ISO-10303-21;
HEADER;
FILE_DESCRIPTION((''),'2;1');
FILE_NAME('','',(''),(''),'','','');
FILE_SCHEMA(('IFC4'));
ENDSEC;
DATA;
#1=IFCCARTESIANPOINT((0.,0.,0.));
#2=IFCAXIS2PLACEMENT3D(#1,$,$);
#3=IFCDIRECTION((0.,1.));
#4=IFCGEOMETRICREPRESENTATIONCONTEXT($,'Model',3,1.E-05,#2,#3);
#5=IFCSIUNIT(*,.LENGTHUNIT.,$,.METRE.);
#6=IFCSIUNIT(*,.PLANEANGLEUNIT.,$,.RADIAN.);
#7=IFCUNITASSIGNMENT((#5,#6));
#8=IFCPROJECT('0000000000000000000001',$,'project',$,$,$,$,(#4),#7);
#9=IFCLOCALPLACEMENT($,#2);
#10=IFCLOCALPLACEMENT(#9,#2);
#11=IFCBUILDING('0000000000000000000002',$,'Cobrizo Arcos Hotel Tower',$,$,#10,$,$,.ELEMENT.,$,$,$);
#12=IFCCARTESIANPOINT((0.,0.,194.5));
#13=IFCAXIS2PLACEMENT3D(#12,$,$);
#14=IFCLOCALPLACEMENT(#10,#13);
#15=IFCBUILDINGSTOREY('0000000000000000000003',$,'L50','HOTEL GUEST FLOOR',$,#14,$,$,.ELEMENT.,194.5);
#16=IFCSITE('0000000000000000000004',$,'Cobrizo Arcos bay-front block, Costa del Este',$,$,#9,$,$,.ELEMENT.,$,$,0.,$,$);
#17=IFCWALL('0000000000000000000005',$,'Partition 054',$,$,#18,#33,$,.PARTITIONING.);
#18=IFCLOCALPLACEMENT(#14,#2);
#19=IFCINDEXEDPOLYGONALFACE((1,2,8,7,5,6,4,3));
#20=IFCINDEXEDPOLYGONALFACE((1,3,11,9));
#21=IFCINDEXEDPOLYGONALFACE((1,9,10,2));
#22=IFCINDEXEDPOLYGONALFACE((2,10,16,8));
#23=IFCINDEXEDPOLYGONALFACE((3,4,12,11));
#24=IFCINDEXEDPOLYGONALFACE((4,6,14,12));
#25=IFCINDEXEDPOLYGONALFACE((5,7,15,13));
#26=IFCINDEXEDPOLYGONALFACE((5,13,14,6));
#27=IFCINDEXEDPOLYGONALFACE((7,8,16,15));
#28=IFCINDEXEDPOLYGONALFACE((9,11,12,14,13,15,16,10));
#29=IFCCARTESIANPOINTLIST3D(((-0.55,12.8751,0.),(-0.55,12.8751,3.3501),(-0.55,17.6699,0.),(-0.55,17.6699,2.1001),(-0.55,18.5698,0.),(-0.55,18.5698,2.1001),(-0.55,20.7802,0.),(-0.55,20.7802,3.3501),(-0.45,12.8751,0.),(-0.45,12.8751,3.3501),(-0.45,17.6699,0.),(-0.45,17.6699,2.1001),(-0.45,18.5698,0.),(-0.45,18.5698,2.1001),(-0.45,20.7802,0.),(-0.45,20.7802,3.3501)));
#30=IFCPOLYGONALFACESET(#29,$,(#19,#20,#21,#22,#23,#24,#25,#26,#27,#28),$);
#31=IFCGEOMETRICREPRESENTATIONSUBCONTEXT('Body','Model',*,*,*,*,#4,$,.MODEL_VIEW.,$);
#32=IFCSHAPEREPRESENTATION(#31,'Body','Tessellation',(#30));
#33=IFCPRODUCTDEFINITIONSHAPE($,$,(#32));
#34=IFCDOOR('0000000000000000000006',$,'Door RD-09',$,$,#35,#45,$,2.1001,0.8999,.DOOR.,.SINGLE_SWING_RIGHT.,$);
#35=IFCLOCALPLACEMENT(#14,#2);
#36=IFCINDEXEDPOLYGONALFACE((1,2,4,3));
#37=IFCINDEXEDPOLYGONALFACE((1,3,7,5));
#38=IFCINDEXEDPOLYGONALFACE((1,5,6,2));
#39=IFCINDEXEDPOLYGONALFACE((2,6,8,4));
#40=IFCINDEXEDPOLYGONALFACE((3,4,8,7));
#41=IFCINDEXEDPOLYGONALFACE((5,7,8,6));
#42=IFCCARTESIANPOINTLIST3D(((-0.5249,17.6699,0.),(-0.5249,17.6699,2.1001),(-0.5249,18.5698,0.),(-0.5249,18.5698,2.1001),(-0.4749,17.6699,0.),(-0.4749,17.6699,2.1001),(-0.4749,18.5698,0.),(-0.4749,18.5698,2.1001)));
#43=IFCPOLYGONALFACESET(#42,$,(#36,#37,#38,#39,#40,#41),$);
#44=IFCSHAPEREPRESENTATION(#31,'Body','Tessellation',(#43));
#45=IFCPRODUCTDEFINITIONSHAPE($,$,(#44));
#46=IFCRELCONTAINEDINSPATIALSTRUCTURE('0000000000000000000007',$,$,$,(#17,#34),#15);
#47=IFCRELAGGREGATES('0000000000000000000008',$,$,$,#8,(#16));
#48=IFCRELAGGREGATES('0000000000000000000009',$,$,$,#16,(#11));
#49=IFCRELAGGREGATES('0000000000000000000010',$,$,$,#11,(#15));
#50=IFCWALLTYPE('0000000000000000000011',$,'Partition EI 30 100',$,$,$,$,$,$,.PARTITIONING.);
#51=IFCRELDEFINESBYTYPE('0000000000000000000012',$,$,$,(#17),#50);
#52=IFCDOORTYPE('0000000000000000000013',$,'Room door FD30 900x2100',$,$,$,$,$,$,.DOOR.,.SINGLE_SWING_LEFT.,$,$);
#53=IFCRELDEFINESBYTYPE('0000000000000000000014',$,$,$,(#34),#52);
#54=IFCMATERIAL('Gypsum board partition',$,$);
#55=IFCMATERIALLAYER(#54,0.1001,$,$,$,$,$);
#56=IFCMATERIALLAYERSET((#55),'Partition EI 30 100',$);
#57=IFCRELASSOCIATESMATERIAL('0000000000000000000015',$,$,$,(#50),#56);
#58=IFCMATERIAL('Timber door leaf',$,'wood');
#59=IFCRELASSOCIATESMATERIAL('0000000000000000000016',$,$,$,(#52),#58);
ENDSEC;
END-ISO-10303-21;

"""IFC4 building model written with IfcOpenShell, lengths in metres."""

from ifc_helpers import new_model, si_unit, direction, frame, frame_2d, origin, place, context, subcontext, project, spatial, rectangle, extrude, material, layer, layer_set, type_object, element, fill, save


model = new_model("IFC4")

# Units and contexts
model_context = context("Model", 3, precision=1e-05, world=origin(), true_north=direction((0.0, 1.0)))
body_context = subcontext(model_context, "Body", "Model", "MODEL_VIEW")
ifc_project = project(units=[si_unit("LENGTHUNIT", "METRE"), si_unit("PLANEANGLEUNIT", "RADIAN")], contexts=[model_context])

# Site, building, storey
site_placement = place(None, origin())
site = spatial("IfcSite", under=ifc_project, at=site_placement, Name="Cobrizo Arcos bay-front block, Costa del Este", CompositionType="ELEMENT", RefElevation=0.0)
building_placement = place(site_placement, origin())
building = spatial("IfcBuilding", under=site, at=building_placement, Name="Cobrizo Arcos Hotel Tower", CompositionType="ELEMENT")
storey_placement = place(building_placement, frame((0.0, 0.0, 194.5)))
storey = spatial("IfcBuildingStorey", under=building, at=storey_placement, Name="L50", Description="HOTEL GUEST FLOOR", CompositionType="ELEMENT", Elevation=194.5)

# Shared definitions
ifc_material_1 = material(Name="Gypsum board partition")
ifc_layer_1 = layer(ifc_material_1, 0.1001)
ifc_layer_set_1 = layer_set([ifc_layer_1], Name="Partition EI 30 100")
wall_type = type_object("IfcWallType", Name="Partition EI 30 100", PredefinedType="PARTITIONING", material=ifc_layer_set_1)

# Shared definitions
ifc_material_2 = material(Name="Timber door leaf", Category="wood")

# Wall, opening, door
wall_1_placement = place(storey_placement, frame((-0.5, 12.875, 0.0), z_axis=(0.0, 0.0, 1.0), x_axis=(0.0, 1.0, 0.0)))
wall_1 = element("IfcWall", 1, at=wall_1_placement, inside=storey, type_object=wall_type, Name="Partition 054", PredefinedType="PARTITIONING", context=body_context, shape_type="SweptSolid", body=[
    extrude(rectangle(XDim=7.905, YDim=0.1001, at=frame_2d((3.9526, 0.0))), origin(), (0.0, 0.0, 1.0), 3.3501),
])
opening_1_placement = place(wall_1_placement, frame((4.7949, 0.0, 0.0)))
opening_1 = element("IfcOpeningElement", 2, at=opening_1_placement, cuts=wall_1, PredefinedType="OPENING", context=body_context, shape_type="SweptSolid", body=[
    extrude(rectangle(XDim=0.8999, YDim=2.1001, at=frame_2d((0.45, 1.05))), frame((0.0, 0.062, 0.0), z_axis=(0.0, -1.0, 0.0), x_axis=(1.0, 0.0, 0.0)), (0.0, 0.0, 1.0), 0.124),
])
door_type_1 = type_object("IfcDoorType", Name="Room door FD30 900x2100", OperationType="SINGLE_SWING_LEFT", PredefinedType="DOOR", material=ifc_material_2)
door_1_placement = place(opening_1_placement, origin())
door_1 = element("IfcDoor", 3, at=door_1_placement, inside=storey, type_object=door_type_1, Name="Door RD-09", OperationType="SINGLE_SWING_RIGHT", OverallHeight=2.1001, OverallWidth=0.8999, PredefinedType="DOOR", context=body_context, shape_type="SweptSolid", body=[
    extrude(rectangle(XDim=0.8999, YDim=2.1001, at=frame_2d((0.45, 1.05))), frame((0.0, 0.0249, 0.0), z_axis=(0.0, -1.0, 0.0), x_axis=(1.0, 0.0, 0.0)), (0.0, 0.0, 1.0), 0.05),
])
fill(opening_1, door_1)

save(model, "model.ifc")
